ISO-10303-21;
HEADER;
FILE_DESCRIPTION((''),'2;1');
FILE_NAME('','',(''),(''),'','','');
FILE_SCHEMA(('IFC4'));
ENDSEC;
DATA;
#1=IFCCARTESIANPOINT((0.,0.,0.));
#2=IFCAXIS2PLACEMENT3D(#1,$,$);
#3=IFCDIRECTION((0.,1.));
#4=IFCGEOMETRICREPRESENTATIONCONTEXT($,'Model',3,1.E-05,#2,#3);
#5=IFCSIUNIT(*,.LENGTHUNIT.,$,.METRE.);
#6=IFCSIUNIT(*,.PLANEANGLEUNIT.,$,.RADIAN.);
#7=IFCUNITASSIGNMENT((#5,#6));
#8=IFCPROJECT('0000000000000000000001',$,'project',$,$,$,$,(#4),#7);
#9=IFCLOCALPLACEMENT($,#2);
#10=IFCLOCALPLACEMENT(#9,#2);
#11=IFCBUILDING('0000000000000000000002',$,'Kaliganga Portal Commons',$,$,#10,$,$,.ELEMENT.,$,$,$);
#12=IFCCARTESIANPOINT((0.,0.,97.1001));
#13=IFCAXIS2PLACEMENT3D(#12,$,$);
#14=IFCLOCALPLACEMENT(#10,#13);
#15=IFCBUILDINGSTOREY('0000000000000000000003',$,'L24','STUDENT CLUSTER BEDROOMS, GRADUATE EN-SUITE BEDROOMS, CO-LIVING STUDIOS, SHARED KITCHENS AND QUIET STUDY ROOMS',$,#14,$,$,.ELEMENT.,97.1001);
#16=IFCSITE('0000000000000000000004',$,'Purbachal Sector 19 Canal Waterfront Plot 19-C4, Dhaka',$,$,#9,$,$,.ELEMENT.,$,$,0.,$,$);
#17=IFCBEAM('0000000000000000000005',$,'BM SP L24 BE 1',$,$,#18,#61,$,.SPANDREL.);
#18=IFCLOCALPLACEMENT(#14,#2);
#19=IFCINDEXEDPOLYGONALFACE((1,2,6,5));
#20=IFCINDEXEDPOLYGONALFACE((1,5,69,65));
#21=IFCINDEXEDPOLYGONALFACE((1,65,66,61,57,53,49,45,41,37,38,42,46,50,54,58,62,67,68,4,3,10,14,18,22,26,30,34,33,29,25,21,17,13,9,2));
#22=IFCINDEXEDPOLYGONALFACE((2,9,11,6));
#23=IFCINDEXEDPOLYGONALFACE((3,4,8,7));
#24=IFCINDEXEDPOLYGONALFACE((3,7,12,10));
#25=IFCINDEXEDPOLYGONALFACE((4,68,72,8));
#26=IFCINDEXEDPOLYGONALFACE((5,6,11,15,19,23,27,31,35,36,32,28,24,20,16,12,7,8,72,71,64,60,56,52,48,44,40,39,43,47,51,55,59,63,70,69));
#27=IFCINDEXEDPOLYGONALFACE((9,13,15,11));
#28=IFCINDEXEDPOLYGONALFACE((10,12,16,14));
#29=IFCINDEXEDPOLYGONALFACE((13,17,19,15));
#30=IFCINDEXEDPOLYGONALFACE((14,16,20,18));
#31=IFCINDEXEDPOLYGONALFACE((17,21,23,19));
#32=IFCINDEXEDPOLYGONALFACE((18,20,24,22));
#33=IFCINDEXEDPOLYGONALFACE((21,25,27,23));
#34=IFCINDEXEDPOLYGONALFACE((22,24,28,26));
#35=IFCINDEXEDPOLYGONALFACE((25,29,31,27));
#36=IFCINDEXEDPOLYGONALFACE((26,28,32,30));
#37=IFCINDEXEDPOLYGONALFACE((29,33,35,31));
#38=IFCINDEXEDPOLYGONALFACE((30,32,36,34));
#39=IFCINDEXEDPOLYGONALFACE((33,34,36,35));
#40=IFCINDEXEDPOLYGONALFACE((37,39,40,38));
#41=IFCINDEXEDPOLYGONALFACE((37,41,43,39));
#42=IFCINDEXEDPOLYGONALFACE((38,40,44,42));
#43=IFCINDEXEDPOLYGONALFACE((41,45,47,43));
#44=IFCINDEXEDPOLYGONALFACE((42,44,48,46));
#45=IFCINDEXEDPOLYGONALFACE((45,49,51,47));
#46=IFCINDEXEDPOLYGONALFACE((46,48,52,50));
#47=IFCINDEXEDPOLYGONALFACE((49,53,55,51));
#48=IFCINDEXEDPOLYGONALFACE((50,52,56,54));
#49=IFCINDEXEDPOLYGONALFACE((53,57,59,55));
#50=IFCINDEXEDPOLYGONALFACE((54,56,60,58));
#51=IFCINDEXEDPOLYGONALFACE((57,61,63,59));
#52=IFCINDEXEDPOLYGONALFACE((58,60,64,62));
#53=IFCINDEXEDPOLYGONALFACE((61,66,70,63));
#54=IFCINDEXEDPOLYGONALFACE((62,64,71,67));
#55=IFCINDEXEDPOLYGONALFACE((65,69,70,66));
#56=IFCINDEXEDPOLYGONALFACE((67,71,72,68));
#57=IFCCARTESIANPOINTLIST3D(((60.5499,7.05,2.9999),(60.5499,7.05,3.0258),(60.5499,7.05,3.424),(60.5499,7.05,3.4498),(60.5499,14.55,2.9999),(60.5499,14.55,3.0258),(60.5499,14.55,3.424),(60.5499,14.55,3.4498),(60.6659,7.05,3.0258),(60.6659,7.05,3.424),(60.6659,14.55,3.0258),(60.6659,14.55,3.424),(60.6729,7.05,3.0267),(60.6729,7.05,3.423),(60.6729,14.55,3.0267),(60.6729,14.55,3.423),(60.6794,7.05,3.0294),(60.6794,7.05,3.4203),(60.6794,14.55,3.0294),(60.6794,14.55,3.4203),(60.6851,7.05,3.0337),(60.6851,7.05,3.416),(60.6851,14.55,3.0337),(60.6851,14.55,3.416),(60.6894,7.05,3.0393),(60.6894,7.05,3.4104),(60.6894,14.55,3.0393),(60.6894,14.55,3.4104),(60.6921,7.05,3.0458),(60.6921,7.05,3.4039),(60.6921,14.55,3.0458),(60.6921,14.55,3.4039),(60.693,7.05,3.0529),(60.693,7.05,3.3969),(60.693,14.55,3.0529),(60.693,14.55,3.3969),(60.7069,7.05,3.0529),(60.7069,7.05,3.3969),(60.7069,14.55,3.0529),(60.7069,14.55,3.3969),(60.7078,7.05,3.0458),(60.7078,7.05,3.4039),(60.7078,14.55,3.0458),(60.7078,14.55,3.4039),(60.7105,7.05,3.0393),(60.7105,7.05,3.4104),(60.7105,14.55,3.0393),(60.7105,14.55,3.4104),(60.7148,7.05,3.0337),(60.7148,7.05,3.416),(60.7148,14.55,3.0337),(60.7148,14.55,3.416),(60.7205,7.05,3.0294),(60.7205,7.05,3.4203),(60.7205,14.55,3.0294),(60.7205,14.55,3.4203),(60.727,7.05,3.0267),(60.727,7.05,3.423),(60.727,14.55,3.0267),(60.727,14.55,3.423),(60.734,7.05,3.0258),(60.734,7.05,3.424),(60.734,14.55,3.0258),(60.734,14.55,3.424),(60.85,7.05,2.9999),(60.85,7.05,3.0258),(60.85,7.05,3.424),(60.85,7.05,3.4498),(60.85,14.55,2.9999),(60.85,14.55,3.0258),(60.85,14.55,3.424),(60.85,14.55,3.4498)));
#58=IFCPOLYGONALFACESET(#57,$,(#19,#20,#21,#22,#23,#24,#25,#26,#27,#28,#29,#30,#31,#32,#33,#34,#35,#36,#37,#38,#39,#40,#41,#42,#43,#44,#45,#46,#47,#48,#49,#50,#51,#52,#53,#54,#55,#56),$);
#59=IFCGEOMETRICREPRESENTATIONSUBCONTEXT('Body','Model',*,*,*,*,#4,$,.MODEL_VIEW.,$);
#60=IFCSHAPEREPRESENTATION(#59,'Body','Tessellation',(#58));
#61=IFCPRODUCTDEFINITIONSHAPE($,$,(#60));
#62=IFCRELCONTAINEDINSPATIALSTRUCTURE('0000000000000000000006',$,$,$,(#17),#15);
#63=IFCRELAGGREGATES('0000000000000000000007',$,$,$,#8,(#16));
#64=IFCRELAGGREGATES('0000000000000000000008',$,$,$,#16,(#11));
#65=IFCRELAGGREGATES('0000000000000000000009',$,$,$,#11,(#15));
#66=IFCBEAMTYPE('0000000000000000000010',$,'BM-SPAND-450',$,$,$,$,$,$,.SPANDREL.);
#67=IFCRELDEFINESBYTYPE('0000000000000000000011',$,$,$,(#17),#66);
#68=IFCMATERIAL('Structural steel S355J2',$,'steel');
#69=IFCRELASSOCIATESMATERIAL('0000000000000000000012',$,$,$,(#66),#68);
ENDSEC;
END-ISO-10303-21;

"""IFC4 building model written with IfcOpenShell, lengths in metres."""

from ifc_helpers import new_model, si_unit, direction, frame, origin, origin_2d, place, context, subcontext, project, spatial, i_section, extrude, source, transform, mapped, material, material_profile, profile_set, type_object, element, save


model = new_model("IFC4")

# Units and contexts
model_context = context("Model", 3, precision=1e-05, world=origin(), true_north=direction((0.0, 1.0)))
body_context = subcontext(model_context, "Body", "Model", "MODEL_VIEW")
ifc_project = project(units=[si_unit("LENGTHUNIT", "METRE"), si_unit("PLANEANGLEUNIT", "RADIAN")], contexts=[model_context])

# Site, building, storey
site_placement = place(None, origin())
site = spatial("IfcSite", under=ifc_project, at=site_placement, Name="Purbachal Sector 19 Canal Waterfront Plot 19-C4, Dhaka", CompositionType="ELEMENT", RefElevation=0.0)
building_placement = place(site_placement, origin())
building = spatial("IfcBuilding", under=site, at=building_placement, Name="Kaliganga Portal Commons", CompositionType="ELEMENT")
storey_placement = place(building_placement, frame((0.0, 0.0, 97.1001)))
storey = spatial("IfcBuildingStorey", under=building, at=storey_placement, Name="L24", Description="STUDENT CLUSTER BEDROOMS, GRADUATE EN-SUITE BEDROOMS, CO-LIVING STUDIOS, SHARED KITCHENS AND QUIET STUDY ROOMS", CompositionType="ELEMENT", Elevation=97.1001)

# Beam
ifc_material_1 = material(Name="Structural steel S355J2", Category="steel")
ifc_material_profile_1 = material_profile(ifc_material_1, i_section(OverallWidth=0.3, OverallDepth=0.45, WebThickness=0.0139, FlangeThickness=0.0259, FilletRadius=0.0271, at=origin_2d()), Name="HE 450 B")
ifc_profile_set_1 = profile_set([ifc_material_profile_1], Name="Structural steel S355J2 wide-flange")
beam_type_1 = type_object("IfcBeamType", Name="BM-SPAND-450", PredefinedType="SPANDREL", material=ifc_profile_set_1)
shared_shape_1 = source(origin(), body_context, "Body", "SweptSolid", [
    extrude(i_section(OverallWidth=0.3, OverallDepth=0.45, WebThickness=0.0139, FlangeThickness=0.0259, FilletRadius=0.0271, at=origin_2d()), origin(), (0.0, 0.0, 1.0), 7.5),
])
beam_1_placement = place(storey_placement, frame((60.7, 7.05, 3.2249), z_axis=(0.0, 1.0, 0.0), x_axis=(-1.0, 0.0, 0.0)))
element("IfcBeam", 1, at=beam_1_placement, inside=storey, type_object=beam_type_1, Name="BM SP L24 BE 1", PredefinedType="SPANDREL", context=body_context, shape_type="MappedRepresentation", body=[
    mapped(shared_shape_1, transform((0.0, 0.0, 0.0), x_axis=(1.0, 0.0, 0.0), y_axis=(0.0, 1.0, 0.0), z_axis=(0.0, 0.0, 1.0), scale=1.0)),
])

save(model, "model.ifc")
